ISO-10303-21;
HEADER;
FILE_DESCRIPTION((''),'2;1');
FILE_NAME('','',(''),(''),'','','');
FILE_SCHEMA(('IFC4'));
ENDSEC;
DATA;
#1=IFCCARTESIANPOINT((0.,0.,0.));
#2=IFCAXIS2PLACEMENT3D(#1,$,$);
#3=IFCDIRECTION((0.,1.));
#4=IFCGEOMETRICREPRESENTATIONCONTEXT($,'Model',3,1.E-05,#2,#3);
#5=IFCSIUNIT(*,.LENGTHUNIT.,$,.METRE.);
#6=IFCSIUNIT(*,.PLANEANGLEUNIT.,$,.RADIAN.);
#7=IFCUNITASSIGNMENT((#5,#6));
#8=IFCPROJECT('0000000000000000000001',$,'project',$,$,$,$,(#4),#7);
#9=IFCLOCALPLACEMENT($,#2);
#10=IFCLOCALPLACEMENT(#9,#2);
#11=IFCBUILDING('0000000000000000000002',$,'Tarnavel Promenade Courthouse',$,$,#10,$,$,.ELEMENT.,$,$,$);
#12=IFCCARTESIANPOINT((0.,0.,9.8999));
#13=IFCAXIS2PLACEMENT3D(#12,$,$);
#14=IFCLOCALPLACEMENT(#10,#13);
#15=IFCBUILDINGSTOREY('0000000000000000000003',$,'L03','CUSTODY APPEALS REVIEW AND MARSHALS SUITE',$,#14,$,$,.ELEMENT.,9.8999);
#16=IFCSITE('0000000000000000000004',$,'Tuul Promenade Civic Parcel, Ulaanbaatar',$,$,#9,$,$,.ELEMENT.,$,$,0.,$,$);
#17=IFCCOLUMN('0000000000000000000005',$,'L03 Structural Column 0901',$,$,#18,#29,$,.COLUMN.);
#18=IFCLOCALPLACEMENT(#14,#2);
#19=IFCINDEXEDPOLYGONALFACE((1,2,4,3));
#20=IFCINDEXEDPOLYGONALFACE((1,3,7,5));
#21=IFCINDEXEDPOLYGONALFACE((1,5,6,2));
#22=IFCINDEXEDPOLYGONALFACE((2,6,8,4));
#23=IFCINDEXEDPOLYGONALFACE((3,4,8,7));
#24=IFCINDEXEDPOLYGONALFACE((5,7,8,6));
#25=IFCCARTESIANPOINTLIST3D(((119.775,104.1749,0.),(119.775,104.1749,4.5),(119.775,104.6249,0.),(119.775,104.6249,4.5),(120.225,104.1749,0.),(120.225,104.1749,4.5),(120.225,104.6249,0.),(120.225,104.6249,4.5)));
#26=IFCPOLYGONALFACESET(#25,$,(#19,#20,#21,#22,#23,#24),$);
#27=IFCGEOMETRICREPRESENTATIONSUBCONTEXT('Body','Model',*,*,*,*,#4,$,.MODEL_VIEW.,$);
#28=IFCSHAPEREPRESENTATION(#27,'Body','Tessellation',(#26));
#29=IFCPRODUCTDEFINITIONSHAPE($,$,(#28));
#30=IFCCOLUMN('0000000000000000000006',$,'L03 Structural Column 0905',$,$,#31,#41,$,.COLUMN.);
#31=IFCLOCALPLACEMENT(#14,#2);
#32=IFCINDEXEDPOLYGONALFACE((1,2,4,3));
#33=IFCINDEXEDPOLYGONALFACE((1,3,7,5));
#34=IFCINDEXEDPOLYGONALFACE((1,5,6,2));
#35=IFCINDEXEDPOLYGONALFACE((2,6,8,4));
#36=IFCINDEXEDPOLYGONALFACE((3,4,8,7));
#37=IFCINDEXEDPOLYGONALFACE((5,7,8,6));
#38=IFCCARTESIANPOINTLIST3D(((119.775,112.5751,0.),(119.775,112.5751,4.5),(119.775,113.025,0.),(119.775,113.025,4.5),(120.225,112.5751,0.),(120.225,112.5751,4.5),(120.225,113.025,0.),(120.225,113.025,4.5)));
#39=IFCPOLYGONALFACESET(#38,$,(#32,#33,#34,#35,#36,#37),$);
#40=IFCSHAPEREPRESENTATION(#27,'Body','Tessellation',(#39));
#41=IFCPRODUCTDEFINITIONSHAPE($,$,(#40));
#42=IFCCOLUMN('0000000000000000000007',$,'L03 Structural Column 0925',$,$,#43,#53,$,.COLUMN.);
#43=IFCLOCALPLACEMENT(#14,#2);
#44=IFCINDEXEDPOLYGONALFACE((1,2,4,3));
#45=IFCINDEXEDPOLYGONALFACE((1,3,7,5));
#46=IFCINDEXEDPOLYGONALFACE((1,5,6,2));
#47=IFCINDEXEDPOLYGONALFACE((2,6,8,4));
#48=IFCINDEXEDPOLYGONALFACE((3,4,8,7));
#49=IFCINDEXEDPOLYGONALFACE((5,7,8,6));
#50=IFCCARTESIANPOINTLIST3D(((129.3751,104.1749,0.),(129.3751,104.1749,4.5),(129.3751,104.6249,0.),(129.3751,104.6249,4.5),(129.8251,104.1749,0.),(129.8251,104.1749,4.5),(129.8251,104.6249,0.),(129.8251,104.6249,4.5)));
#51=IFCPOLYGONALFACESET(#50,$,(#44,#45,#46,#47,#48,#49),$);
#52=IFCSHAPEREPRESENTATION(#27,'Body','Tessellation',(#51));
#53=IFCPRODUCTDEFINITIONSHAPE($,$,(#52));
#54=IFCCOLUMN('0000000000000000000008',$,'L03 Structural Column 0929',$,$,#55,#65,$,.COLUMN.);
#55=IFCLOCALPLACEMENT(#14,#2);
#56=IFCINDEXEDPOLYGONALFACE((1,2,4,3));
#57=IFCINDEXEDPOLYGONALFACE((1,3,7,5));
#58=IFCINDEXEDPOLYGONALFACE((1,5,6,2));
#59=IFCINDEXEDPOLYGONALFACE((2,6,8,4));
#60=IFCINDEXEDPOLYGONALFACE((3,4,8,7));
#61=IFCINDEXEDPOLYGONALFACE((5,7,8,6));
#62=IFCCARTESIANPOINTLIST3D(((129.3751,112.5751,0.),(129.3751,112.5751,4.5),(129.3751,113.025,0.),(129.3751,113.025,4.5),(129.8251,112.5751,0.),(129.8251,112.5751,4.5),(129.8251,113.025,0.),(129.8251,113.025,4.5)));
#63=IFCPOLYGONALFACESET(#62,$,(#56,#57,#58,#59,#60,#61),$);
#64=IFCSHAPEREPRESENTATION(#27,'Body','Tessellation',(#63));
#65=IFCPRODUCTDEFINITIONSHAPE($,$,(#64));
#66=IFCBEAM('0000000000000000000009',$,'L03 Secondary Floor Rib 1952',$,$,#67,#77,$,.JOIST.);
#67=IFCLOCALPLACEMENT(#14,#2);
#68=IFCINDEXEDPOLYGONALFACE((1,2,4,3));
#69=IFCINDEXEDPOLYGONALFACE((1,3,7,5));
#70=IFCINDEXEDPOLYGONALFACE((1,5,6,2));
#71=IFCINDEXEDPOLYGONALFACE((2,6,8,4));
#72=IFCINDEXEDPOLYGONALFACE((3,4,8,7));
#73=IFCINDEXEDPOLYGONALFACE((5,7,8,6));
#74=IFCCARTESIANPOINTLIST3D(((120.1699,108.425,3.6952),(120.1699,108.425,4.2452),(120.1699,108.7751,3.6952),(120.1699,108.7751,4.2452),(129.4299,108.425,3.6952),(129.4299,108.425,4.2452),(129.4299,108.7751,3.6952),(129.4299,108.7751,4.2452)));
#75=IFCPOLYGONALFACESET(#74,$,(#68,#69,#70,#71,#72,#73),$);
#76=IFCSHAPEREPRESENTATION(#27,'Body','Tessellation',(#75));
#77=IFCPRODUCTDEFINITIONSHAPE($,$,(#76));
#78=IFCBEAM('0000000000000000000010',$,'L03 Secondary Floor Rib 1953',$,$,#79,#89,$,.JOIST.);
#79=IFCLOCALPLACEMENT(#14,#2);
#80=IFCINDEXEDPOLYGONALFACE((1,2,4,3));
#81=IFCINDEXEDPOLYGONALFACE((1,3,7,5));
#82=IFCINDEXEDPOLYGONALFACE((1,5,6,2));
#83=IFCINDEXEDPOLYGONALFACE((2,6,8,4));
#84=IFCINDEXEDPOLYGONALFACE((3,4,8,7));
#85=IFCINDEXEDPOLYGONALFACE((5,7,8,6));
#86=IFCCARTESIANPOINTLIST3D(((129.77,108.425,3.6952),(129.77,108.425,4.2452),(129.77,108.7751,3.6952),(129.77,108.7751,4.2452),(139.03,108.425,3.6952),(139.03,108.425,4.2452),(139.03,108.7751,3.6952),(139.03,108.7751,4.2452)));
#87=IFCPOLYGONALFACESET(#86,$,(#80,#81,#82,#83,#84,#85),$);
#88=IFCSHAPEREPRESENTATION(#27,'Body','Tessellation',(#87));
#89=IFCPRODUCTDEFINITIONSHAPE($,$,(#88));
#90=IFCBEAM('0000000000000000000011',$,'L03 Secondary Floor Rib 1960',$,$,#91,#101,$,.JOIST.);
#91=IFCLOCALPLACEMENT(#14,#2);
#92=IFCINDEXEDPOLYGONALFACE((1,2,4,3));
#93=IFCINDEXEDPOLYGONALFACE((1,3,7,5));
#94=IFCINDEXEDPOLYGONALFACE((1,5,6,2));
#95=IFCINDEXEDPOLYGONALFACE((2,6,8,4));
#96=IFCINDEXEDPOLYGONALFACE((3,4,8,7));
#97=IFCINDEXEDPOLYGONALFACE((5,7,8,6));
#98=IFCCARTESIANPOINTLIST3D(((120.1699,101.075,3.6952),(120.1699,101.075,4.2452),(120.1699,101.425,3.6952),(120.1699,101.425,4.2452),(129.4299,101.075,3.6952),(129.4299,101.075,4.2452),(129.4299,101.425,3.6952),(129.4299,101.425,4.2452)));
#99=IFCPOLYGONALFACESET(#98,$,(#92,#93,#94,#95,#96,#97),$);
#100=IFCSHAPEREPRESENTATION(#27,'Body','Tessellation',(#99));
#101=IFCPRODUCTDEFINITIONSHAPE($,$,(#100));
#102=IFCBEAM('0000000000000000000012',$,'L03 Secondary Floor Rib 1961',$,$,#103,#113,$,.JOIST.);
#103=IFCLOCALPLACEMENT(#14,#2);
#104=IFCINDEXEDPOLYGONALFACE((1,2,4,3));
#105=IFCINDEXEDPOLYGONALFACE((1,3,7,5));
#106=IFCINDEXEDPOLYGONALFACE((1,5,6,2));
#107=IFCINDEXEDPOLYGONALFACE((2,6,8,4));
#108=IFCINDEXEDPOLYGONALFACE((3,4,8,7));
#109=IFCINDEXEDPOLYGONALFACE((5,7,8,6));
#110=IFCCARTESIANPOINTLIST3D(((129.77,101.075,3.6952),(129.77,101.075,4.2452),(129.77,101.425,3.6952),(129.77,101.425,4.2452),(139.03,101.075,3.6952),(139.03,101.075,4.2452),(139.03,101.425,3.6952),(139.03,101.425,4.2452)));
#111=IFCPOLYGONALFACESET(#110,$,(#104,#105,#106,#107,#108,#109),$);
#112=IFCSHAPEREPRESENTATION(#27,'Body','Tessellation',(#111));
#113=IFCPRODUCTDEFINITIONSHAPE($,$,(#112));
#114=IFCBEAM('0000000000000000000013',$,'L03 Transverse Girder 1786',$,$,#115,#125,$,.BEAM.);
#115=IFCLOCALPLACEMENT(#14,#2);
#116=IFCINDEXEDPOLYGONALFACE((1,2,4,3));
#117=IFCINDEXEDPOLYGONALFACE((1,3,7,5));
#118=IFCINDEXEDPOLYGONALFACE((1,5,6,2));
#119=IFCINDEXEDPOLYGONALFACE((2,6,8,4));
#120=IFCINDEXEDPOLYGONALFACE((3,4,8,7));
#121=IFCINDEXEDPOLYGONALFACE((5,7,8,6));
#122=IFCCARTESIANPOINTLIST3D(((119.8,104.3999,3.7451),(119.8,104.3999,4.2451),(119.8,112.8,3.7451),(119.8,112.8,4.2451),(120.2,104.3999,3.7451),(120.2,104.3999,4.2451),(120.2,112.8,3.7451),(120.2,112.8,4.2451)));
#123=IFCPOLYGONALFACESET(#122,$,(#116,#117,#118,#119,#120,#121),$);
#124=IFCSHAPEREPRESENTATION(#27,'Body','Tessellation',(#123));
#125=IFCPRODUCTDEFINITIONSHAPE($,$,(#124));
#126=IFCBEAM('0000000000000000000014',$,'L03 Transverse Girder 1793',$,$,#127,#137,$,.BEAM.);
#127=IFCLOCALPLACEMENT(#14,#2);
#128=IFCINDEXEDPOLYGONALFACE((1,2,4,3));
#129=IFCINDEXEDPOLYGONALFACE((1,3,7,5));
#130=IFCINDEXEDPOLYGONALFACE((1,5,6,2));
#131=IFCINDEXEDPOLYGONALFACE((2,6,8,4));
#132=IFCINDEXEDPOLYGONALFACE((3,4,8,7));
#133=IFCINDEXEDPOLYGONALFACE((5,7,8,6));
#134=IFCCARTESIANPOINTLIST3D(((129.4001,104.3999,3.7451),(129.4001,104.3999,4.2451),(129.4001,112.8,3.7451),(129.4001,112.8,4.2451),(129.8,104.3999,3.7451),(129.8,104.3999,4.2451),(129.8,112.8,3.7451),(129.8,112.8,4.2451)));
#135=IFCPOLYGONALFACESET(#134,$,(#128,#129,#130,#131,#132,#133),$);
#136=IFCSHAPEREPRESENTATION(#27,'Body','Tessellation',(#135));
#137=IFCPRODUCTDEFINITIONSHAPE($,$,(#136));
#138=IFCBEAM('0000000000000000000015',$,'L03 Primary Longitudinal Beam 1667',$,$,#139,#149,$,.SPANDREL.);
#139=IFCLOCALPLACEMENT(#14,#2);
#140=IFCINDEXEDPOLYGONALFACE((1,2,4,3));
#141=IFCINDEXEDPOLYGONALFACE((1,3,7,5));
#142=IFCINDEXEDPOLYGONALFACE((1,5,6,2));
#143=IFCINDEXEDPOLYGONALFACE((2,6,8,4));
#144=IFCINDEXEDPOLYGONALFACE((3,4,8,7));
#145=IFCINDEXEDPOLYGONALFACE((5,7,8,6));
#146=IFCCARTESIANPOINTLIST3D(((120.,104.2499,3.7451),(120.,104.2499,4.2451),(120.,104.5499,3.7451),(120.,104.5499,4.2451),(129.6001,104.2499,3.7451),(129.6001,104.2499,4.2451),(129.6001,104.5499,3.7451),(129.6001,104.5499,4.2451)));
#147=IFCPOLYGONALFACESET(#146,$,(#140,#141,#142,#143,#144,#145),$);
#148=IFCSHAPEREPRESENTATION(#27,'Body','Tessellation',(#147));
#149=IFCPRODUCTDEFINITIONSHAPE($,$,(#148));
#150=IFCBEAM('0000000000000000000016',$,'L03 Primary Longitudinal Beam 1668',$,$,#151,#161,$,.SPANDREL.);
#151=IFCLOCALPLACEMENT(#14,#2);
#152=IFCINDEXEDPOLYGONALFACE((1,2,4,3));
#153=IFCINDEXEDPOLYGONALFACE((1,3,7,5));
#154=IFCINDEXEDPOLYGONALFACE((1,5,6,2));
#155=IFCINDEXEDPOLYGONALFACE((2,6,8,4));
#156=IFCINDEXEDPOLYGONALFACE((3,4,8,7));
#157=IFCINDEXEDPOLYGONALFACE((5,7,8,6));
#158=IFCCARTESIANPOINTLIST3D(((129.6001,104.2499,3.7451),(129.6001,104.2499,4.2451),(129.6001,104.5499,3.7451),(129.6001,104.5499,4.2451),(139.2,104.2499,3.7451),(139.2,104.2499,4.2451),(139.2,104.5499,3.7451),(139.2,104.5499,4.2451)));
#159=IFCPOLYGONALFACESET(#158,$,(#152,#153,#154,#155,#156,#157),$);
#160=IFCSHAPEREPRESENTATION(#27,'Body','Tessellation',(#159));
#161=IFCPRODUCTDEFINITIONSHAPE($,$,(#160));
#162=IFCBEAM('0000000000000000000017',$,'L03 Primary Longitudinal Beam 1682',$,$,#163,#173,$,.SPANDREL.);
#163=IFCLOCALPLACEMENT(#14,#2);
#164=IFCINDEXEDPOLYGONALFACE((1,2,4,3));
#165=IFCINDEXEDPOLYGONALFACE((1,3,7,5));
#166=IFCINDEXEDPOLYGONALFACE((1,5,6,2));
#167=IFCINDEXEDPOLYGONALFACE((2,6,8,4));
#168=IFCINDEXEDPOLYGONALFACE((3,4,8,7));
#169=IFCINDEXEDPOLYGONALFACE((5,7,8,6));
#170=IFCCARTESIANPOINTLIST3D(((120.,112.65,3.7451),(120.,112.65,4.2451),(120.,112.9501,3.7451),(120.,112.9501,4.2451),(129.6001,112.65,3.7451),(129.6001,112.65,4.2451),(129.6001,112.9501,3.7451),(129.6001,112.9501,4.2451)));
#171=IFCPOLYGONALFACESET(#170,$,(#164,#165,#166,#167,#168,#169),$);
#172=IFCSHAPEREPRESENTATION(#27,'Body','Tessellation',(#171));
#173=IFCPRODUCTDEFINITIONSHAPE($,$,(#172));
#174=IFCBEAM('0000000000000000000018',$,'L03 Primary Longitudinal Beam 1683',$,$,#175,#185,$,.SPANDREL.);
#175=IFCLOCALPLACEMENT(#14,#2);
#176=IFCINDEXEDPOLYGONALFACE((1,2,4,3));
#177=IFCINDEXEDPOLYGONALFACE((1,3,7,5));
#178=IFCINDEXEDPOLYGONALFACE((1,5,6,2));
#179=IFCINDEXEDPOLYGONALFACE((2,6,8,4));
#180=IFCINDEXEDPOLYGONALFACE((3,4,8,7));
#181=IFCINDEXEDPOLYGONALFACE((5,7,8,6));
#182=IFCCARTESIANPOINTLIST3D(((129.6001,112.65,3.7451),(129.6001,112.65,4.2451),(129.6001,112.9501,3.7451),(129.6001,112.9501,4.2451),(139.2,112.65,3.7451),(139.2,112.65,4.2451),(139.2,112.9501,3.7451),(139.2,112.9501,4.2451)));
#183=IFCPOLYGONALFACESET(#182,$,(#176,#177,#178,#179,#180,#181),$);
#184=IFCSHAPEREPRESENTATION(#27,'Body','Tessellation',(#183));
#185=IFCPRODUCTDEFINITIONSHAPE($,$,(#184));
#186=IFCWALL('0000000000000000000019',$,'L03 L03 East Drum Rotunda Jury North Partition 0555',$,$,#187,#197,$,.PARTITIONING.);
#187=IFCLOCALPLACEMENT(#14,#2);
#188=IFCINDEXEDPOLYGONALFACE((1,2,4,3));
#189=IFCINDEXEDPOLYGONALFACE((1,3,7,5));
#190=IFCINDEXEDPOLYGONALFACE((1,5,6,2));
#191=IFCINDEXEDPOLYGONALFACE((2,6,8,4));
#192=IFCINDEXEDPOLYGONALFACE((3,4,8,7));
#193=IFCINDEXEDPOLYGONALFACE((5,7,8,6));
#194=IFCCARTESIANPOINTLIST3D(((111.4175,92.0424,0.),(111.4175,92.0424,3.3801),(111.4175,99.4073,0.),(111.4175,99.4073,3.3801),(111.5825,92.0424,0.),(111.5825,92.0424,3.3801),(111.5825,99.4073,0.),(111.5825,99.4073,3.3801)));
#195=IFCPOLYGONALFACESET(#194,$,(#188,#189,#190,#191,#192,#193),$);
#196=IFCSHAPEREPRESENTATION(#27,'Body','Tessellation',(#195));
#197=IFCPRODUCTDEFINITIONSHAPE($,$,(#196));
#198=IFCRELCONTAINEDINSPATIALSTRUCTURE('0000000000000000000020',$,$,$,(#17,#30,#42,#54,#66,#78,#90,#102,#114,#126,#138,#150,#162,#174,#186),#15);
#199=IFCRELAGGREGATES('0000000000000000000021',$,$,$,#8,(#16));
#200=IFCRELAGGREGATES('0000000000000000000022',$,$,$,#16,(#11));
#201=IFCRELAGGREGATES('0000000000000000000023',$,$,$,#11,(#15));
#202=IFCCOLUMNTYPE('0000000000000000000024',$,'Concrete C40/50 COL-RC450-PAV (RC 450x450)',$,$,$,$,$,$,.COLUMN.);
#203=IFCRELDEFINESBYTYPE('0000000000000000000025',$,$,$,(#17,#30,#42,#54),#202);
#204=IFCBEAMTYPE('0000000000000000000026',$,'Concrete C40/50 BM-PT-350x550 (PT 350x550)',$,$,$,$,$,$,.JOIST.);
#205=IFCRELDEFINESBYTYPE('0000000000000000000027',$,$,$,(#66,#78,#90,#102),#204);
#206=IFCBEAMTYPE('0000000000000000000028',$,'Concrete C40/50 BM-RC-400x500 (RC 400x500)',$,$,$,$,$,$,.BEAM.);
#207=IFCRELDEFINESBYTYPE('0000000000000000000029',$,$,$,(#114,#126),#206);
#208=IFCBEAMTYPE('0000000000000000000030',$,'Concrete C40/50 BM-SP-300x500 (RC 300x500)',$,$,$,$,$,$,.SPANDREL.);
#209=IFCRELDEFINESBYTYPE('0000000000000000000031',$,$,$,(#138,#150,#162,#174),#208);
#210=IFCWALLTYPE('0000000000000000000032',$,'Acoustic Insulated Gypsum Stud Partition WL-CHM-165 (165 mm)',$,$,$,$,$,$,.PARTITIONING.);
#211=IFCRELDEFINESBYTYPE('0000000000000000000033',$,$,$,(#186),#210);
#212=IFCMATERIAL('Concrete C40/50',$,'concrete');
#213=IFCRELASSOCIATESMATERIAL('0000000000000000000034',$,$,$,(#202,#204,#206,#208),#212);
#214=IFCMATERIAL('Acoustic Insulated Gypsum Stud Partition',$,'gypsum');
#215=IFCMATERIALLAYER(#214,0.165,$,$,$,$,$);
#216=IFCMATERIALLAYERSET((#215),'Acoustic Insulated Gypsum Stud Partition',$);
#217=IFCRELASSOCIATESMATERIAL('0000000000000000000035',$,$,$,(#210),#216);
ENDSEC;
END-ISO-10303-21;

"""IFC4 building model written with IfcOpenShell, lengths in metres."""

from ifc_helpers import new_model, si_unit, direction, frame, frame_2d, origin, origin_2d, place, context, subcontext, project, spatial, rectangle, extrude, material, layer, layer_set, material_profile, profile_set, type_object, element, save


model = new_model("IFC4")

# Units and contexts
model_context = context("Model", 3, precision=1e-05, world=origin(), true_north=direction((0.0, 1.0)))
body_context = subcontext(model_context, "Body", "Model", "MODEL_VIEW")
ifc_project = project(units=[si_unit("LENGTHUNIT", "METRE"), si_unit("PLANEANGLEUNIT", "RADIAN")], contexts=[model_context])

# Site, building, storey
site_placement = place(None, origin())
site = spatial("IfcSite", under=ifc_project, at=site_placement, Name="Tuul Promenade Civic Parcel, Ulaanbaatar", CompositionType="ELEMENT", RefElevation=0.0)
building_placement = place(site_placement, origin())
building = spatial("IfcBuilding", under=site, at=building_placement, Name="Tarnavel Promenade Courthouse", CompositionType="ELEMENT")
storey_placement = place(building_placement, frame((0.0, 0.0, 9.8999)))
storey = spatial("IfcBuildingStorey", under=building, at=storey_placement, Name="L03", Description="CUSTODY APPEALS REVIEW AND MARSHALS SUITE", CompositionType="ELEMENT", Elevation=9.8999)

# Columns
ifc_material_1 = material(Name="Concrete C40/50", Category="concrete")
ifc_material_profile_1 = material_profile(ifc_material_1, rectangle(XDim=0.45, YDim=0.45, at=origin_2d()), Name="RC 450x450")
ifc_profile_set_1 = profile_set([ifc_material_profile_1], Name="Concrete C40/50")
column_type = type_object("IfcColumnType", Name="Concrete C40/50 COL-RC450-PAV (RC 450x450)", PredefinedType="COLUMN", material=ifc_profile_set_1)
for number, where, z_axis, x_axis, name in (
    (1, (120.0, 104.3999, 0.0), (0.0, 0.0, 1.0), (1.0, 0.0, 0.0), "L03 Structural Column 0901"),
    (2, (120.0, 112.8, 0.0), (0.0, 0.0, 1.0), (1.0, 0.0, 0.0), "L03 Structural Column 0905"),
    (3, (129.6001, 104.3999, 0.0), (0.0, 0.0, 1.0), (1.0, 0.0, 0.0), "L03 Structural Column 0925"),
    (4, (129.6001, 112.8, 0.0), (0.0, 0.0, 1.0), (1.0, 0.0, 0.0), "L03 Structural Column 0929"),
):
    element("IfcColumn", number, at=place(storey_placement, frame(where, z_axis=z_axis, x_axis=x_axis)), inside=storey, type_object=column_type, Name=name, PredefinedType="COLUMN", context=body_context, shape_type="SweptSolid", body=[
        extrude(rectangle(XDim=0.45, YDim=0.45, at=origin_2d()), origin(), (0.0, 0.0, 1.0), 4.5),
    ])

# Beams
ifc_material_profile_2 = material_profile(ifc_material_1, rectangle(XDim=0.3501, YDim=0.55, at=origin_2d()), Name="PT 350x550")
ifc_profile_set_2 = profile_set([ifc_material_profile_2], Name="Concrete C40/50")
beam_type_1 = type_object("IfcBeamType", Name="Concrete C40/50 BM-PT-350x550 (PT 350x550)", PredefinedType="JOIST", material=ifc_profile_set_2)
for number, where, z_axis, x_axis, name in (
    (5, (120.1699, 108.6001, 3.9702), (1.0, 0.0, 0.0), (0.0, 1.0, 0.0), "L03 Secondary Floor Rib 1952"),
    (6, (129.77, 108.6001, 3.9702), (1.0, 0.0, 0.0), (0.0, 1.0, 0.0), "L03 Secondary Floor Rib 1953"),
    (7, (120.1699, 101.25, 3.9702), (1.0, 0.0, 0.0), (0.0, 1.0, 0.0), "L03 Secondary Floor Rib 1960"),
    (8, (129.77, 101.25, 3.9702), (1.0, 0.0, 0.0), (0.0, 1.0, 0.0), "L03 Secondary Floor Rib 1961"),
):
    element("IfcBeam", number, at=place(storey_placement, frame(where, z_axis=z_axis, x_axis=x_axis)), inside=storey, type_object=beam_type_1, Name=name, PredefinedType="JOIST", context=body_context, shape_type="SweptSolid", body=[
        extrude(rectangle(XDim=0.3501, YDim=0.55, at=origin_2d()), origin(), (0.0, 0.0, 1.0), 9.26),
    ])
ifc_material_profile_3 = material_profile(ifc_material_1, rectangle(XDim=0.3999, YDim=0.5, at=origin_2d()), Name="RC 400x500")
ifc_profile_set_3 = profile_set([ifc_material_profile_3], Name="Concrete C40/50")
beam_type_2 = type_object("IfcBeamType", Name="Concrete C40/50 BM-RC-400x500 (RC 400x500)", PredefinedType="BEAM", material=ifc_profile_set_3)
for number, where, z_axis, x_axis, name in (
    (9, (120.0, 104.3999, 3.9951), (0.0, 1.0, 0.0), (-1.0, 0.0, 0.0), "L03 Transverse Girder 1786"),
    (10, (129.6001, 104.3999, 3.9951), (0.0, 1.0, 0.0), (-1.0, 0.0, 0.0), "L03 Transverse Girder 1793"),
):
    element("IfcBeam", number, at=place(storey_placement, frame(where, z_axis=z_axis, x_axis=x_axis)), inside=storey, type_object=beam_type_2, Name=name, PredefinedType="BEAM", context=body_context, shape_type="SweptSolid", body=[
        extrude(rectangle(XDim=0.3999, YDim=0.5, at=origin_2d()), origin(), (0.0, 0.0, 1.0), 8.4001),
    ])
ifc_material_profile_4 = material_profile(ifc_material_1, rectangle(XDim=0.3, YDim=0.5, at=origin_2d()), Name="RC 300x500")
ifc_profile_set_4 = profile_set([ifc_material_profile_4], Name="Concrete C40/50")
beam_type_3 = type_object("IfcBeamType", Name="Concrete C40/50 BM-SP-300x500 (RC 300x500)", PredefinedType="SPANDREL", material=ifc_profile_set_4)
beam_1_placement = place(storey_placement, frame((120.0, 104.3999, 3.9951), z_axis=(1.0, 0.0, 0.0), x_axis=(0.0, 1.0, 0.0)))
element("IfcBeam", 11, at=beam_1_placement, inside=storey, type_object=beam_type_3, Name="L03 Primary Longitudinal Beam 1667", PredefinedType="SPANDREL", context=body_context, shape_type="SweptSolid", body=[
    extrude(rectangle(XDim=0.3, YDim=0.5, at=origin_2d()), origin(), (0.0, 0.0, 1.0), 9.6001),
])
beam_2_placement = place(storey_placement, frame((129.6001, 104.3999, 3.9951), z_axis=(1.0, 0.0, 0.0), x_axis=(0.0, 1.0, 0.0)))
element("IfcBeam", 12, at=beam_2_placement, inside=storey, type_object=beam_type_3, Name="L03 Primary Longitudinal Beam 1668", PredefinedType="SPANDREL", context=body_context, shape_type="SweptSolid", body=[
    extrude(rectangle(XDim=0.3, YDim=0.5, at=origin_2d()), origin(), (0.0, 0.0, 1.0), 9.5999),
])
beam_3_placement = place(storey_placement, frame((120.0, 112.8, 3.9951), z_axis=(1.0, 0.0, 0.0), x_axis=(0.0, 1.0, 0.0)))
element("IfcBeam", 13, at=beam_3_placement, inside=storey, type_object=beam_type_3, Name="L03 Primary Longitudinal Beam 1682", PredefinedType="SPANDREL", context=body_context, shape_type="SweptSolid", body=[
    extrude(rectangle(XDim=0.3, YDim=0.5, at=origin_2d()), origin(), (0.0, 0.0, 1.0), 9.6001),
])
beam_4_placement = place(storey_placement, frame((129.6001, 112.8, 3.9951), z_axis=(1.0, 0.0, 0.0), x_axis=(0.0, 1.0, 0.0)))
element("IfcBeam", 14, at=beam_4_placement, inside=storey, type_object=beam_type_3, Name="L03 Primary Longitudinal Beam 1683", PredefinedType="SPANDREL", context=body_context, shape_type="SweptSolid", body=[
    extrude(rectangle(XDim=0.3, YDim=0.5, at=origin_2d()), origin(), (0.0, 0.0, 1.0), 9.5999),
])

# Wall
ifc_material_2 = material(Name="Acoustic Insulated Gypsum Stud Partition", Category="gypsum")
ifc_layer_1 = layer(ifc_material_2, 0.165)
ifc_layer_set_1 = layer_set([ifc_layer_1], Name="Acoustic Insulated Gypsum Stud Partition")
wall_type_1 = type_object("IfcWallType", Name="Acoustic Insulated Gypsum Stud Partition WL-CHM-165 (165 mm)", PredefinedType="PARTITIONING", material=ifc_layer_set_1)
wall_1_placement = place(storey_placement, frame((111.5, 99.4075, 0.0), z_axis=(0.0, 0.0, 1.0), x_axis=(0.0, -1.0, 0.0)))
element("IfcWall", 15, at=wall_1_placement, inside=storey, type_object=wall_type_1, Name="L03 L03 East Drum Rotunda Jury North Partition 0555", PredefinedType="PARTITIONING", context=body_context, shape_type="SweptSolid", body=[
    extrude(rectangle(XDim=7.365, YDim=0.165, at=frame_2d((3.6826, 0.0))), origin(), (0.0, 0.0, 1.0), 3.3801),
])

save(model, "model.ifc")
